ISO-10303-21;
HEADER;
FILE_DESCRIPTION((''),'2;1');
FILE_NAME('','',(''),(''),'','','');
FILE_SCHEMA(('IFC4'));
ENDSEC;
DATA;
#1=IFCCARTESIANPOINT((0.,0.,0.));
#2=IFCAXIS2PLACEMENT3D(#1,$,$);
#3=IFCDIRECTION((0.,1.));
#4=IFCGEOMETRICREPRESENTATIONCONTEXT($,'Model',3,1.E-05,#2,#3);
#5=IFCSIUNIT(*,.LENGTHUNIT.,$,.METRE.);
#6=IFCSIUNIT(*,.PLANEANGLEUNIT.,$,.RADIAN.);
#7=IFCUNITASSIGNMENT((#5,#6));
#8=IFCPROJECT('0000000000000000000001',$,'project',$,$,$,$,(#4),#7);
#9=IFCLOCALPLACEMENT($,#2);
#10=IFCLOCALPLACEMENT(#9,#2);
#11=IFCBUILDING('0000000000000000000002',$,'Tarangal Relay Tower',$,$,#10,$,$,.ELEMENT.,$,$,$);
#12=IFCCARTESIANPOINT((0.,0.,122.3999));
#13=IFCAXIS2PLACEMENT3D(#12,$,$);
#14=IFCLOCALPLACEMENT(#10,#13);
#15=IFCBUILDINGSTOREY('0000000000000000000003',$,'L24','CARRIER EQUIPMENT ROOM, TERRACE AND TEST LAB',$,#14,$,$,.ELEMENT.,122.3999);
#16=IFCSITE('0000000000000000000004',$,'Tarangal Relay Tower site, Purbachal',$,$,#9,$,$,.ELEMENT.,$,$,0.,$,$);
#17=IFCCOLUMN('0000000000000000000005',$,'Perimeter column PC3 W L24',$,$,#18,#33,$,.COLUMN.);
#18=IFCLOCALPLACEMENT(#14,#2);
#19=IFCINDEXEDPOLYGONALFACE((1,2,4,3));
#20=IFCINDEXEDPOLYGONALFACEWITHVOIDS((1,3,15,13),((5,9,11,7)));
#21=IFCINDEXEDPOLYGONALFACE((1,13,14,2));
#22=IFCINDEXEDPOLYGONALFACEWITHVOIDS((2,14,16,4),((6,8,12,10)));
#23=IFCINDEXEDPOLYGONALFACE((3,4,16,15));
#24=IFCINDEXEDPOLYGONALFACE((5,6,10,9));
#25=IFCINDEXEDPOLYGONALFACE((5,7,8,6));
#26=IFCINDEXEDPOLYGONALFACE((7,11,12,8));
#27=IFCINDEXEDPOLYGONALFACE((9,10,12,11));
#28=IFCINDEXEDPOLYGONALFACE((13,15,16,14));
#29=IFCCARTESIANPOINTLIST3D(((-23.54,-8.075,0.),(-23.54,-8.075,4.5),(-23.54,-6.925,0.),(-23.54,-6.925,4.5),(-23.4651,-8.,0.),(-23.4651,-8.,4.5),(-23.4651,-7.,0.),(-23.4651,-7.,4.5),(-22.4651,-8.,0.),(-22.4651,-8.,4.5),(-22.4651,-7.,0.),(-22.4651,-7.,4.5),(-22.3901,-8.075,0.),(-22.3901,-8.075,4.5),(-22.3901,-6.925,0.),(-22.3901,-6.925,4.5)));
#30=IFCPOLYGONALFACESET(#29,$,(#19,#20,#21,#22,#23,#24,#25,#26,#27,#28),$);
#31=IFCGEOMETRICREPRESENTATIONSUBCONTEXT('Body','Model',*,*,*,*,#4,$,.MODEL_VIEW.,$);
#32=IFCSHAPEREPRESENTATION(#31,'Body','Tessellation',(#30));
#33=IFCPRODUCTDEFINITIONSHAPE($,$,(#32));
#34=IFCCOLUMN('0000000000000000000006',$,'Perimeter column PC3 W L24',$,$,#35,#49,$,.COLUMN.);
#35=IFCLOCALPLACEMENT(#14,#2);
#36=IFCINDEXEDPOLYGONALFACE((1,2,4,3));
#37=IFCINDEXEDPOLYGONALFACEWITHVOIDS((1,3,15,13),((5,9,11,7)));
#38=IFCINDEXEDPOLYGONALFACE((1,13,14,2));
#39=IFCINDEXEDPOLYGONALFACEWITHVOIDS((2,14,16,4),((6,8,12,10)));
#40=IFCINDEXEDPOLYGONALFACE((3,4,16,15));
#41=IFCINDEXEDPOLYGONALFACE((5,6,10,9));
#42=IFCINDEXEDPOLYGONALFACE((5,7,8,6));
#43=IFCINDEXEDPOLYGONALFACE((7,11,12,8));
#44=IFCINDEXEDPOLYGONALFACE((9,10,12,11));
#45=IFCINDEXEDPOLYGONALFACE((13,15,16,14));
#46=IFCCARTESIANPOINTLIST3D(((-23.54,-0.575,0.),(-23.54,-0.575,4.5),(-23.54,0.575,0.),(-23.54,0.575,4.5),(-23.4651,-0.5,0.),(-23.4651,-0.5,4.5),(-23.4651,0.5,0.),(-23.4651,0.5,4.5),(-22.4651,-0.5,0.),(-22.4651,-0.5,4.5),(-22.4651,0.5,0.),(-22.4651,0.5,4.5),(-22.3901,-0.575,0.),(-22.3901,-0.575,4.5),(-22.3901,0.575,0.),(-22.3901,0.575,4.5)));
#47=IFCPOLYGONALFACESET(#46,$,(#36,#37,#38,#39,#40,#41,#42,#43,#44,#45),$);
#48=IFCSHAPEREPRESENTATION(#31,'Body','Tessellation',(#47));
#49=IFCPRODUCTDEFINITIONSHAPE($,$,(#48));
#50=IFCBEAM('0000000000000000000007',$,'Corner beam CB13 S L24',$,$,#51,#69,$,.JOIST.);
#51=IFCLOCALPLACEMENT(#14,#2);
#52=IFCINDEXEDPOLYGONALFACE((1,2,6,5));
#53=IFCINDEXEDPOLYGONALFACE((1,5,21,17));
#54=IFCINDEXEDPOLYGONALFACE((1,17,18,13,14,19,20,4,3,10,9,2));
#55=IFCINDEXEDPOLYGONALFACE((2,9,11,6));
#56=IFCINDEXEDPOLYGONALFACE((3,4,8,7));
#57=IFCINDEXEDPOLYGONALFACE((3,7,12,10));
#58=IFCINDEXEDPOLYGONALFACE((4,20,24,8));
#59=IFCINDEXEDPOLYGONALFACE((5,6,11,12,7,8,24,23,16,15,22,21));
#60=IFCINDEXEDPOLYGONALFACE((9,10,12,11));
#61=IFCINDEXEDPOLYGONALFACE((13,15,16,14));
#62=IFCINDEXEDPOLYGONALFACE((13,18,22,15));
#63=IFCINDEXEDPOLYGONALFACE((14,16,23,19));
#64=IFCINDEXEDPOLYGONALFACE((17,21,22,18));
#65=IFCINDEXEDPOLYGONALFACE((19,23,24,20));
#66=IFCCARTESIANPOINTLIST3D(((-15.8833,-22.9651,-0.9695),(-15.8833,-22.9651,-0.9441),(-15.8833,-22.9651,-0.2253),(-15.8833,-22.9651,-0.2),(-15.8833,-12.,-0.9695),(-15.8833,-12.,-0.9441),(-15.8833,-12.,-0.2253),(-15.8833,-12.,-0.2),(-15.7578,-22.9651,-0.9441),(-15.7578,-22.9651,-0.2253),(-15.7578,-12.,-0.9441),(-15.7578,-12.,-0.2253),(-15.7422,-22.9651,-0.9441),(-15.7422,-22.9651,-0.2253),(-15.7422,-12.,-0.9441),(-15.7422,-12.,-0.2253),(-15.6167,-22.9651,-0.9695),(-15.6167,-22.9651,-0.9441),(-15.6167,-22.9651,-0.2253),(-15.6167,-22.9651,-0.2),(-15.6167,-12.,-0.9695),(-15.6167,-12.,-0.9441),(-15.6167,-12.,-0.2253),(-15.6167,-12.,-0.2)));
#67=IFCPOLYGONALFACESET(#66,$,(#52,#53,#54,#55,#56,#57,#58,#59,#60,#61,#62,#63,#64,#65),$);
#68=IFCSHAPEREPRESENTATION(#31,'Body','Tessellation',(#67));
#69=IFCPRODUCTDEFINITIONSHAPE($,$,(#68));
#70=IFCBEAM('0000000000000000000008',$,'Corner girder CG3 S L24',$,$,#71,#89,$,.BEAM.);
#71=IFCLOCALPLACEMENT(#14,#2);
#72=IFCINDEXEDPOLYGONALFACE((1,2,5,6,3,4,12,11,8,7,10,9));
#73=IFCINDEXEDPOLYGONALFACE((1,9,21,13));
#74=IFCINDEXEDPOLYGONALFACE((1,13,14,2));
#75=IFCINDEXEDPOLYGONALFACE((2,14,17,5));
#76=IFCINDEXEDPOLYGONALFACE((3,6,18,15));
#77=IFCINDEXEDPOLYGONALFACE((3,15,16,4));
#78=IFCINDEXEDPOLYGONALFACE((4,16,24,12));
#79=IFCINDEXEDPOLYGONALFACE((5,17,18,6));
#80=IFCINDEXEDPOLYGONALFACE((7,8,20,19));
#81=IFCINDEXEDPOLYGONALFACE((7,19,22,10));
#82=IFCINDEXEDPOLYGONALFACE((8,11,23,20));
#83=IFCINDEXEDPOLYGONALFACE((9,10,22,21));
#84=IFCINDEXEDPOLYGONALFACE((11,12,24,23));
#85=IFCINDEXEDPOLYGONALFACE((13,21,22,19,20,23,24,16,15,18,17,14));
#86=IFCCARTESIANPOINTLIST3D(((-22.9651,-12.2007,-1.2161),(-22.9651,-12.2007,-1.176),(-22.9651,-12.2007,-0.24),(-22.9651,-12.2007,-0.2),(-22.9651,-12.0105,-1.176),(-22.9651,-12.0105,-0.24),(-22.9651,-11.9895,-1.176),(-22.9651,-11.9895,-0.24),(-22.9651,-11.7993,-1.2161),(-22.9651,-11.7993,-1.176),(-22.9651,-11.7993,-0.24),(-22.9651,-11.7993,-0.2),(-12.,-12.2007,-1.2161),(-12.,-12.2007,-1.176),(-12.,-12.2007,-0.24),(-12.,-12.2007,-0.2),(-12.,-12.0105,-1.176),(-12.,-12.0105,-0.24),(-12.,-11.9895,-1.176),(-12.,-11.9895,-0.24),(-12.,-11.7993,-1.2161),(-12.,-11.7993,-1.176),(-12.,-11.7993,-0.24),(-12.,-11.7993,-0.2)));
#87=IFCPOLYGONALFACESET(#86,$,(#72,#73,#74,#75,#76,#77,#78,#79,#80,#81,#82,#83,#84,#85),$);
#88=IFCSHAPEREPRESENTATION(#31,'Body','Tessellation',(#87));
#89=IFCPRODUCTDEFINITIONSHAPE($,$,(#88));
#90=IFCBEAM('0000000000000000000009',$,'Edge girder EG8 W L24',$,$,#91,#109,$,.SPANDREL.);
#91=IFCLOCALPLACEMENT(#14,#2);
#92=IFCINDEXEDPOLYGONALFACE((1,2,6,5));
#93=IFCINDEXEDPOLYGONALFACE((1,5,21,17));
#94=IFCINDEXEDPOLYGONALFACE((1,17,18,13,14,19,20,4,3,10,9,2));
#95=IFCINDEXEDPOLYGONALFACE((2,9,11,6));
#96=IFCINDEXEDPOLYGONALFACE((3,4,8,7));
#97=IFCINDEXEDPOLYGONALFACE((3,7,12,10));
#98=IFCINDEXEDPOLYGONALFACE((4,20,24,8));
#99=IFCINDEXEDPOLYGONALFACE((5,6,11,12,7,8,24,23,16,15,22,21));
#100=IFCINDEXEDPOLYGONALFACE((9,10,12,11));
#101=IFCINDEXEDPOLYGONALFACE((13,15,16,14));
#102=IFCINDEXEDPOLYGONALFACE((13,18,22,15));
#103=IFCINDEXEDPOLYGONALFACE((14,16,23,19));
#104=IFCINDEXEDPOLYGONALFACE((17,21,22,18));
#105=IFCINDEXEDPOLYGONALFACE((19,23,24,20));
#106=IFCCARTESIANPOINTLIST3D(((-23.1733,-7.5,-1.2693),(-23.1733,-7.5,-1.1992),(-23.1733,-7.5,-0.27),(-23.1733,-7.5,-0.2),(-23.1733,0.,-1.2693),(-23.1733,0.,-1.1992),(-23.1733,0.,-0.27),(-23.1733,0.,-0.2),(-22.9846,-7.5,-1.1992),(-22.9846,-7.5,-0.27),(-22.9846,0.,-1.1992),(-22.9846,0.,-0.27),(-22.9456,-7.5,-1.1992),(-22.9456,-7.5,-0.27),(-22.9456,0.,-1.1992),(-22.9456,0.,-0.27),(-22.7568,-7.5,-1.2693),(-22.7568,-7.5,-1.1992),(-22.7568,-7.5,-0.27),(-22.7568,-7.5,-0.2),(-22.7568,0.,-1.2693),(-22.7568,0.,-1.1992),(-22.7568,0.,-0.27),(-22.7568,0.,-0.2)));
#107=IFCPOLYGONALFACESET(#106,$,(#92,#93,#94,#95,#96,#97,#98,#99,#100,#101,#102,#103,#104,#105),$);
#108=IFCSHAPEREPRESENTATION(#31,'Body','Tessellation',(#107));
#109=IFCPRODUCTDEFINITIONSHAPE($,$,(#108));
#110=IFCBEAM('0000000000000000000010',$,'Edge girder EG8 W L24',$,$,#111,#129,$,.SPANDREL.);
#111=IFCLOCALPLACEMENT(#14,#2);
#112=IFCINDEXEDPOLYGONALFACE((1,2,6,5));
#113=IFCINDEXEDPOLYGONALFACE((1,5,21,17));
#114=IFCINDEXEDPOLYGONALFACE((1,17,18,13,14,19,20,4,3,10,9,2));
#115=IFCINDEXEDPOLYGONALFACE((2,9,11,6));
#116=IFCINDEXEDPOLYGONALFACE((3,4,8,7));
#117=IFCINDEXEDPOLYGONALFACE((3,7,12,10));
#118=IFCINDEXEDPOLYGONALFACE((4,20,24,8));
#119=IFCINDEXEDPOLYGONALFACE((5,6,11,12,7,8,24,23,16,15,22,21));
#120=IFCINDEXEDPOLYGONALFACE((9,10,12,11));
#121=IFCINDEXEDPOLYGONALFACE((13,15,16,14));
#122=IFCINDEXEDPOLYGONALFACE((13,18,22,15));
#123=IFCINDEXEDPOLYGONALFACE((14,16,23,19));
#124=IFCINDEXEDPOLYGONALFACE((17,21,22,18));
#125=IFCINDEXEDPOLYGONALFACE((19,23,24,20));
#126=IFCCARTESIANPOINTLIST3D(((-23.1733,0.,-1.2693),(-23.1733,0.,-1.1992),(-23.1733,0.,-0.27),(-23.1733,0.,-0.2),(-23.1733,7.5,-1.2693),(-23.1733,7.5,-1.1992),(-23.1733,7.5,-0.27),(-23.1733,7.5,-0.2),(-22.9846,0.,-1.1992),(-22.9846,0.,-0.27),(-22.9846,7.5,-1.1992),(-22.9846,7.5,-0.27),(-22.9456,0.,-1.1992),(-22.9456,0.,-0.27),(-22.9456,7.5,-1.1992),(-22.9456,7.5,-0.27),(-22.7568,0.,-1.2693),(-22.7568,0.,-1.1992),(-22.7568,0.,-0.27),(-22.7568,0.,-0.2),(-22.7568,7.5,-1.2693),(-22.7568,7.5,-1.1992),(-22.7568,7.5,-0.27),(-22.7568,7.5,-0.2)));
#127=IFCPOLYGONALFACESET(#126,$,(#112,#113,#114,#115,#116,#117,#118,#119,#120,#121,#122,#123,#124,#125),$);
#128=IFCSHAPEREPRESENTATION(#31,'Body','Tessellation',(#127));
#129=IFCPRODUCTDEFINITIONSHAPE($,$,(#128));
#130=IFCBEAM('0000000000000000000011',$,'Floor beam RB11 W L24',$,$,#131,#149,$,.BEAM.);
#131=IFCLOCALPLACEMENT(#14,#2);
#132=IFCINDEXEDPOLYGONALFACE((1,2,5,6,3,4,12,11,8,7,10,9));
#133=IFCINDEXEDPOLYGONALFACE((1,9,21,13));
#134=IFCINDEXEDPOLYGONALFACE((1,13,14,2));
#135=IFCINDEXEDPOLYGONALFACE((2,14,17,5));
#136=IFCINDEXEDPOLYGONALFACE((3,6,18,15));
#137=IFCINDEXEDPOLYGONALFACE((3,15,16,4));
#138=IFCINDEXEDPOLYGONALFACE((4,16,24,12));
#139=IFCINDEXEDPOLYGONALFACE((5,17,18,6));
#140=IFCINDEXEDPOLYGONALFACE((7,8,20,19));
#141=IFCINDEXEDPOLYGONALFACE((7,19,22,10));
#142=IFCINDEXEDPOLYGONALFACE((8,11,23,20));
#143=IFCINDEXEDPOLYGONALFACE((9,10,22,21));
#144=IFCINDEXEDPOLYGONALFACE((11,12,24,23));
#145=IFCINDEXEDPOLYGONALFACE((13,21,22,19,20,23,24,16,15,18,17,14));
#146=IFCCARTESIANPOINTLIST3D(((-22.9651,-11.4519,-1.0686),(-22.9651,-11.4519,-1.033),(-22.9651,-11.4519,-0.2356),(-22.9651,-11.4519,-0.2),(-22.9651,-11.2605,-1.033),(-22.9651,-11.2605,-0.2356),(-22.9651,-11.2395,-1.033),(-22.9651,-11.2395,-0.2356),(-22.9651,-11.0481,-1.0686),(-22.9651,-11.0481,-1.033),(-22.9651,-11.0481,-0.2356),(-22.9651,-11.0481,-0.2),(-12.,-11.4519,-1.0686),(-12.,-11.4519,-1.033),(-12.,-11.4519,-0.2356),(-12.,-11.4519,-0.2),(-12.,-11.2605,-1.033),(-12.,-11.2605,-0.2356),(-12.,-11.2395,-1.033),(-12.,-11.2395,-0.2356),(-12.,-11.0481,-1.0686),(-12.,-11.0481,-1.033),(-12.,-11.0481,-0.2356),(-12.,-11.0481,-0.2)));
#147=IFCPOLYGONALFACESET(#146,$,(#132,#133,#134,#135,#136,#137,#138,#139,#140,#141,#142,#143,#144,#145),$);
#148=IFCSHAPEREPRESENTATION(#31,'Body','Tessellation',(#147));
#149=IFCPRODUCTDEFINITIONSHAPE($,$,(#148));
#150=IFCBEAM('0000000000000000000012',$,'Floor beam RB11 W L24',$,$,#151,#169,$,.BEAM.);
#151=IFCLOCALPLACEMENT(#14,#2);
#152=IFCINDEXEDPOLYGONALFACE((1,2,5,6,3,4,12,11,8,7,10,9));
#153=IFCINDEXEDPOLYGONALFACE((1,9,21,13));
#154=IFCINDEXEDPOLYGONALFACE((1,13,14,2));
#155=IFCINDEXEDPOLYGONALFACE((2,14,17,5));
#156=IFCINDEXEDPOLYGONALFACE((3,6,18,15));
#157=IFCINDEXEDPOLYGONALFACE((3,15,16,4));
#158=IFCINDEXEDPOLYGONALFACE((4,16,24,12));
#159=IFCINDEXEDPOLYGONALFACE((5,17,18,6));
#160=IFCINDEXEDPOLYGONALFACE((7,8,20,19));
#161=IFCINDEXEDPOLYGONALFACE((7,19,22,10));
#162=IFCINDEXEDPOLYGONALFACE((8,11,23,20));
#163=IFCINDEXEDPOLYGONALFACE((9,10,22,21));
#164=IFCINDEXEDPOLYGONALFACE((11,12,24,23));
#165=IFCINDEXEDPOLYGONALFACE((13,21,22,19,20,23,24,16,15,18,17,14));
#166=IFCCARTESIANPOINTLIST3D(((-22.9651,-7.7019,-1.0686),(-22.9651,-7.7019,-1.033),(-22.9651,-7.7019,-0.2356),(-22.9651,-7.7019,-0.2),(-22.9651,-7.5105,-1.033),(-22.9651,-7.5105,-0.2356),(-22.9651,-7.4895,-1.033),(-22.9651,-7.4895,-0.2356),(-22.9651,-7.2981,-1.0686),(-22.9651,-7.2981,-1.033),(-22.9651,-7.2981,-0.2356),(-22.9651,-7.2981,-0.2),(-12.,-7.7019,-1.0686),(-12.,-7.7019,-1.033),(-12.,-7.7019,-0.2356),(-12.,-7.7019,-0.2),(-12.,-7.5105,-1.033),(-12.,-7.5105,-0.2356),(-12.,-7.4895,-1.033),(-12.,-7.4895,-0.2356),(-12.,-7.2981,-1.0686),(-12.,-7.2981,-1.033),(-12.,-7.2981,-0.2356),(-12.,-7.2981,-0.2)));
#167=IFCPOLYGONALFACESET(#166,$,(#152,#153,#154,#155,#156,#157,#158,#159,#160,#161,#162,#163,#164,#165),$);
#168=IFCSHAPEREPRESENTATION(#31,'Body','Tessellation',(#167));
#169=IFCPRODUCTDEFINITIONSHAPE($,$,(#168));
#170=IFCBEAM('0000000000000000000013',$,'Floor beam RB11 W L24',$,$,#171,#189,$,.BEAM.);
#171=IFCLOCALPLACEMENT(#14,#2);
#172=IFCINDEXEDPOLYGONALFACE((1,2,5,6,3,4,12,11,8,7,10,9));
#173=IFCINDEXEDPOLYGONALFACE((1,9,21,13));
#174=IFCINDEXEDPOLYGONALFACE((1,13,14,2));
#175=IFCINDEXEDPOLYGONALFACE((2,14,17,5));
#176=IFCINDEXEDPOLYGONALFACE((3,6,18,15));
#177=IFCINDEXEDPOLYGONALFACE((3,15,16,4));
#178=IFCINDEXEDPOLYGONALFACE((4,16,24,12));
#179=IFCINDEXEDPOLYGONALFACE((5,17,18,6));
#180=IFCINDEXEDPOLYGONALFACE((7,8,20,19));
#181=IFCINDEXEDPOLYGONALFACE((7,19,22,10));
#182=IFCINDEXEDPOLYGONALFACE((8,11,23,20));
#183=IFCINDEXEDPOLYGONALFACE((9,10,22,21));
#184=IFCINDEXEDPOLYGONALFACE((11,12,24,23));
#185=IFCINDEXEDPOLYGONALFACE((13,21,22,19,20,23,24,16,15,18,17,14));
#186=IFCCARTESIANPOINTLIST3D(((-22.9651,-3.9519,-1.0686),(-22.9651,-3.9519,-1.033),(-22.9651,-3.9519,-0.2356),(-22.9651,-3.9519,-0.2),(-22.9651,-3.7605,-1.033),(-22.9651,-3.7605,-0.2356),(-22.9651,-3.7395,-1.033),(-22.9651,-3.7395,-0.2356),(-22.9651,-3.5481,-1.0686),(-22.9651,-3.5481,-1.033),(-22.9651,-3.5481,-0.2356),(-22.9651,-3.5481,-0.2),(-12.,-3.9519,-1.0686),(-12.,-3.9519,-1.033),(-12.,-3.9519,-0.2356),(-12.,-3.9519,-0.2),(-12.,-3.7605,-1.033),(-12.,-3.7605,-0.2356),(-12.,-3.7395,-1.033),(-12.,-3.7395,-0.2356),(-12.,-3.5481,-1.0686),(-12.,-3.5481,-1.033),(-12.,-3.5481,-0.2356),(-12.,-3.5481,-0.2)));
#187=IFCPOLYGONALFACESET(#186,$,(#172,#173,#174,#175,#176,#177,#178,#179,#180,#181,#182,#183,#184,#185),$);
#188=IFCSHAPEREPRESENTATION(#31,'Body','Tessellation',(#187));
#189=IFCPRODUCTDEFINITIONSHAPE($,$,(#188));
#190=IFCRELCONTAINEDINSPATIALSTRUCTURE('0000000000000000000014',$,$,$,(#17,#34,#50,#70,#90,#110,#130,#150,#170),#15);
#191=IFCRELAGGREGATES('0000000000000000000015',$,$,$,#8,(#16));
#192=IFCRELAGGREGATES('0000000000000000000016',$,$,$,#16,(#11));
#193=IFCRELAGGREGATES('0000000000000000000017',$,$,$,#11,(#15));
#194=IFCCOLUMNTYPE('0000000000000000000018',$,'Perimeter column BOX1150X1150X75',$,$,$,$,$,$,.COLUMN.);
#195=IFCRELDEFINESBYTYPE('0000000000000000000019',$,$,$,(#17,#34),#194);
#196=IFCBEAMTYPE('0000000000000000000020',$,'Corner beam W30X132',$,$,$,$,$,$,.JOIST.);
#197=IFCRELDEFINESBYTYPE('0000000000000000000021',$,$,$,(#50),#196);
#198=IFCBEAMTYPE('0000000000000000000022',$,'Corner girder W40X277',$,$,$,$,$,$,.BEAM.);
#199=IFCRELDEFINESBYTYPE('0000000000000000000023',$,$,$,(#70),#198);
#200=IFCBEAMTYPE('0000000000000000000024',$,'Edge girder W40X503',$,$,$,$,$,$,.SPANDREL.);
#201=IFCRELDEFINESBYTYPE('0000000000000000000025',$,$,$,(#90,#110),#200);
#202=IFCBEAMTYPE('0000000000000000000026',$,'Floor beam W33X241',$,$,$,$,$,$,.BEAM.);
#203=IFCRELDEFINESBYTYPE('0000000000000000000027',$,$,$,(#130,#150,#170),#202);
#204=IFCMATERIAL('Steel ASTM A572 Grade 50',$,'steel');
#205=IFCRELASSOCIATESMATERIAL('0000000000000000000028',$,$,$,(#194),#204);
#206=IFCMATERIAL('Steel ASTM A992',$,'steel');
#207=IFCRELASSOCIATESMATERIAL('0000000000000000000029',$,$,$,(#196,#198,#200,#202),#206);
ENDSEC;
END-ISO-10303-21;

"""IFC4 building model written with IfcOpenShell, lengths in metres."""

from ifc_helpers import new_model, si_unit, direction, frame, origin, origin_2d, place, context, subcontext, project, spatial, hollow_rectangle, i_section, extrude, material, material_profile, profile_set, type_object, element, save


model = new_model("IFC4")

# Units and contexts
model_context = context("Model", 3, precision=1e-05, world=origin(), true_north=direction((0.0, 1.0)))
body_context = subcontext(model_context, "Body", "Model", "MODEL_VIEW")
ifc_project = project(units=[si_unit("LENGTHUNIT", "METRE"), si_unit("PLANEANGLEUNIT", "RADIAN")], contexts=[model_context])

# Site, building, storey
site_placement = place(None, origin())
site = spatial("IfcSite", under=ifc_project, at=site_placement, Name="Tarangal Relay Tower site, Purbachal", CompositionType="ELEMENT", RefElevation=0.0)
building_placement = place(site_placement, origin())
building = spatial("IfcBuilding", under=site, at=building_placement, Name="Tarangal Relay Tower", CompositionType="ELEMENT")
storey_placement = place(building_placement, frame((0.0, 0.0, 122.3999)))
storey = spatial("IfcBuildingStorey", under=building, at=storey_placement, Name="L24", Description="CARRIER EQUIPMENT ROOM, TERRACE AND TEST LAB", CompositionType="ELEMENT", Elevation=122.3999)

# Columns
ifc_material_1 = material(Name="Steel ASTM A572 Grade 50", Category="steel")
ifc_material_profile_1 = material_profile(ifc_material_1, hollow_rectangle(XDim=1.1499, YDim=1.1499, WallThickness=0.075, at=origin_2d()), Name="BOX1150X1150X75")
ifc_profile_set_1 = profile_set([ifc_material_profile_1], Name="Steel ASTM A572 Grade 50")
column_type = type_object("IfcColumnType", Name="Perimeter column BOX1150X1150X75", PredefinedType="COLUMN", material=ifc_profile_set_1)
for number, where, z_axis, x_axis, name in (
    (1, (-22.9651, -7.5, 0.0), (0.0, 0.0, 1.0), (1.0, 0.0, 0.0), "Perimeter column PC3 W L24"),
    (2, (-22.9651, 0.0, 0.0), (0.0, 0.0, 1.0), (1.0, 0.0, 0.0), "Perimeter column PC3 W L24"),
):
    element("IfcColumn", number, at=place(storey_placement, frame(where, z_axis=z_axis, x_axis=x_axis)), inside=storey, type_object=column_type, Name=name, PredefinedType="COLUMN", context=body_context, shape_type="SweptSolid", body=[
        extrude(hollow_rectangle(XDim=1.1499, YDim=1.1499, WallThickness=0.075, at=origin_2d()), origin(), (0.0, 0.0, 1.0), 4.5),
    ])

# Beams
ifc_material_2 = material(Name="Steel ASTM A992", Category="steel")
ifc_material_profile_2 = material_profile(ifc_material_2, i_section(OverallWidth=0.2666, OverallDepth=0.7695, WebThickness=0.0156, FlangeThickness=0.0254, at=origin_2d()), Name="W30X132")
ifc_profile_set_2 = profile_set([ifc_material_profile_2], Name="Steel ASTM A992")
beam_type_1 = type_object("IfcBeamType", Name="Corner beam W30X132", PredefinedType="JOIST", material=ifc_profile_set_2)
beam_1_placement = place(storey_placement, frame((-15.75, -12.0, -0.5847), z_axis=(0.0, -1.0, 0.0), x_axis=(1.0, 0.0, 0.0)))
element("IfcBeam", 3, at=beam_1_placement, inside=storey, type_object=beam_type_1, Name="Corner beam CB13 S L24", PredefinedType="JOIST", context=body_context, shape_type="SweptSolid", body=[
    extrude(i_section(OverallWidth=0.2666, OverallDepth=0.7695, WebThickness=0.0156, FlangeThickness=0.0254, at=origin_2d()), origin(), (0.0, 0.0, 1.0), 10.9651),
])
ifc_material_profile_3 = material_profile(ifc_material_2, i_section(OverallWidth=0.4014, OverallDepth=1.0161, WebThickness=0.021, FlangeThickness=0.04, at=origin_2d()), Name="W40X277")
ifc_profile_set_3 = profile_set([ifc_material_profile_3], Name="Steel ASTM A992")
beam_type_2 = type_object("IfcBeamType", Name="Corner girder W40X277", PredefinedType="BEAM", material=ifc_profile_set_3)
beam_2_placement = place(storey_placement, frame((-12.0, -12.0, -0.708), z_axis=(-1.0, 0.0, 0.0), x_axis=(0.0, -1.0, 0.0)))
element("IfcBeam", 4, at=beam_2_placement, inside=storey, type_object=beam_type_2, Name="Corner girder CG3 S L24", PredefinedType="BEAM", context=body_context, shape_type="SweptSolid", body=[
    extrude(i_section(OverallWidth=0.4014, OverallDepth=1.0161, WebThickness=0.021, FlangeThickness=0.04, at=origin_2d()), origin(), (0.0, 0.0, 1.0), 10.9651),
])
ifc_material_profile_4 = material_profile(ifc_material_2, i_section(OverallWidth=0.4165, OverallDepth=1.0693, WebThickness=0.0391, FlangeThickness=0.0701, at=origin_2d()), Name="W40X503")
ifc_profile_set_4 = profile_set([ifc_material_profile_4], Name="Steel ASTM A992")
beam_type_3 = type_object("IfcBeamType", Name="Edge girder W40X503", PredefinedType="SPANDREL", material=ifc_profile_set_4)
for number, where, z_axis, x_axis, name in (
    (5, (-22.9651, -7.5, -0.7346), (0.0, 1.0, 0.0), (-1.0, 0.0, 0.0), "Edge girder EG8 W L24"),
    (6, (-22.9651, 0.0, -0.7346), (0.0, 1.0, 0.0), (-1.0, 0.0, 0.0), "Edge girder EG8 W L24"),
):
    element("IfcBeam", number, at=place(storey_placement, frame(where, z_axis=z_axis, x_axis=x_axis)), inside=storey, type_object=beam_type_3, Name=name, PredefinedType="SPANDREL", context=body_context, shape_type="SweptSolid", body=[
        extrude(i_section(OverallWidth=0.4165, OverallDepth=1.0693, WebThickness=0.0391, FlangeThickness=0.0701, at=origin_2d()), origin(), (0.0, 0.0, 1.0), 7.5),
    ])
ifc_material_profile_5 = material_profile(ifc_material_2, i_section(OverallWidth=0.4038, OverallDepth=0.8687, WebThickness=0.021, FlangeThickness=0.0356, at=origin_2d()), Name="W33X241")
ifc_profile_set_5 = profile_set([ifc_material_profile_5], Name="Steel ASTM A992")
beam_type_4 = type_object("IfcBeamType", Name="Floor beam W33X241", PredefinedType="BEAM", material=ifc_profile_set_5)
for number, where, z_axis, x_axis, name in (
    (7, (-12.0, -11.25, -0.6343), (-1.0, 0.0, 0.0), (0.0, -1.0, 0.0), "Floor beam RB11 W L24"),
    (8, (-12.0, -7.5, -0.6343), (-1.0, 0.0, 0.0), (0.0, -1.0, 0.0), "Floor beam RB11 W L24"),
    (9, (-12.0, -3.75, -0.6343), (-1.0, 0.0, 0.0), (0.0, -1.0, 0.0), "Floor beam RB11 W L24"),
):
    element("IfcBeam", number, at=place(storey_placement, frame(where, z_axis=z_axis, x_axis=x_axis)), inside=storey, type_object=beam_type_4, Name=name, PredefinedType="BEAM", context=body_context, shape_type="SweptSolid", body=[
        extrude(i_section(OverallWidth=0.4038, OverallDepth=0.8687, WebThickness=0.021, FlangeThickness=0.0356, at=origin_2d()), origin(), (0.0, 0.0, 1.0), 10.9651),
    ])

save(model, "model.ifc")
